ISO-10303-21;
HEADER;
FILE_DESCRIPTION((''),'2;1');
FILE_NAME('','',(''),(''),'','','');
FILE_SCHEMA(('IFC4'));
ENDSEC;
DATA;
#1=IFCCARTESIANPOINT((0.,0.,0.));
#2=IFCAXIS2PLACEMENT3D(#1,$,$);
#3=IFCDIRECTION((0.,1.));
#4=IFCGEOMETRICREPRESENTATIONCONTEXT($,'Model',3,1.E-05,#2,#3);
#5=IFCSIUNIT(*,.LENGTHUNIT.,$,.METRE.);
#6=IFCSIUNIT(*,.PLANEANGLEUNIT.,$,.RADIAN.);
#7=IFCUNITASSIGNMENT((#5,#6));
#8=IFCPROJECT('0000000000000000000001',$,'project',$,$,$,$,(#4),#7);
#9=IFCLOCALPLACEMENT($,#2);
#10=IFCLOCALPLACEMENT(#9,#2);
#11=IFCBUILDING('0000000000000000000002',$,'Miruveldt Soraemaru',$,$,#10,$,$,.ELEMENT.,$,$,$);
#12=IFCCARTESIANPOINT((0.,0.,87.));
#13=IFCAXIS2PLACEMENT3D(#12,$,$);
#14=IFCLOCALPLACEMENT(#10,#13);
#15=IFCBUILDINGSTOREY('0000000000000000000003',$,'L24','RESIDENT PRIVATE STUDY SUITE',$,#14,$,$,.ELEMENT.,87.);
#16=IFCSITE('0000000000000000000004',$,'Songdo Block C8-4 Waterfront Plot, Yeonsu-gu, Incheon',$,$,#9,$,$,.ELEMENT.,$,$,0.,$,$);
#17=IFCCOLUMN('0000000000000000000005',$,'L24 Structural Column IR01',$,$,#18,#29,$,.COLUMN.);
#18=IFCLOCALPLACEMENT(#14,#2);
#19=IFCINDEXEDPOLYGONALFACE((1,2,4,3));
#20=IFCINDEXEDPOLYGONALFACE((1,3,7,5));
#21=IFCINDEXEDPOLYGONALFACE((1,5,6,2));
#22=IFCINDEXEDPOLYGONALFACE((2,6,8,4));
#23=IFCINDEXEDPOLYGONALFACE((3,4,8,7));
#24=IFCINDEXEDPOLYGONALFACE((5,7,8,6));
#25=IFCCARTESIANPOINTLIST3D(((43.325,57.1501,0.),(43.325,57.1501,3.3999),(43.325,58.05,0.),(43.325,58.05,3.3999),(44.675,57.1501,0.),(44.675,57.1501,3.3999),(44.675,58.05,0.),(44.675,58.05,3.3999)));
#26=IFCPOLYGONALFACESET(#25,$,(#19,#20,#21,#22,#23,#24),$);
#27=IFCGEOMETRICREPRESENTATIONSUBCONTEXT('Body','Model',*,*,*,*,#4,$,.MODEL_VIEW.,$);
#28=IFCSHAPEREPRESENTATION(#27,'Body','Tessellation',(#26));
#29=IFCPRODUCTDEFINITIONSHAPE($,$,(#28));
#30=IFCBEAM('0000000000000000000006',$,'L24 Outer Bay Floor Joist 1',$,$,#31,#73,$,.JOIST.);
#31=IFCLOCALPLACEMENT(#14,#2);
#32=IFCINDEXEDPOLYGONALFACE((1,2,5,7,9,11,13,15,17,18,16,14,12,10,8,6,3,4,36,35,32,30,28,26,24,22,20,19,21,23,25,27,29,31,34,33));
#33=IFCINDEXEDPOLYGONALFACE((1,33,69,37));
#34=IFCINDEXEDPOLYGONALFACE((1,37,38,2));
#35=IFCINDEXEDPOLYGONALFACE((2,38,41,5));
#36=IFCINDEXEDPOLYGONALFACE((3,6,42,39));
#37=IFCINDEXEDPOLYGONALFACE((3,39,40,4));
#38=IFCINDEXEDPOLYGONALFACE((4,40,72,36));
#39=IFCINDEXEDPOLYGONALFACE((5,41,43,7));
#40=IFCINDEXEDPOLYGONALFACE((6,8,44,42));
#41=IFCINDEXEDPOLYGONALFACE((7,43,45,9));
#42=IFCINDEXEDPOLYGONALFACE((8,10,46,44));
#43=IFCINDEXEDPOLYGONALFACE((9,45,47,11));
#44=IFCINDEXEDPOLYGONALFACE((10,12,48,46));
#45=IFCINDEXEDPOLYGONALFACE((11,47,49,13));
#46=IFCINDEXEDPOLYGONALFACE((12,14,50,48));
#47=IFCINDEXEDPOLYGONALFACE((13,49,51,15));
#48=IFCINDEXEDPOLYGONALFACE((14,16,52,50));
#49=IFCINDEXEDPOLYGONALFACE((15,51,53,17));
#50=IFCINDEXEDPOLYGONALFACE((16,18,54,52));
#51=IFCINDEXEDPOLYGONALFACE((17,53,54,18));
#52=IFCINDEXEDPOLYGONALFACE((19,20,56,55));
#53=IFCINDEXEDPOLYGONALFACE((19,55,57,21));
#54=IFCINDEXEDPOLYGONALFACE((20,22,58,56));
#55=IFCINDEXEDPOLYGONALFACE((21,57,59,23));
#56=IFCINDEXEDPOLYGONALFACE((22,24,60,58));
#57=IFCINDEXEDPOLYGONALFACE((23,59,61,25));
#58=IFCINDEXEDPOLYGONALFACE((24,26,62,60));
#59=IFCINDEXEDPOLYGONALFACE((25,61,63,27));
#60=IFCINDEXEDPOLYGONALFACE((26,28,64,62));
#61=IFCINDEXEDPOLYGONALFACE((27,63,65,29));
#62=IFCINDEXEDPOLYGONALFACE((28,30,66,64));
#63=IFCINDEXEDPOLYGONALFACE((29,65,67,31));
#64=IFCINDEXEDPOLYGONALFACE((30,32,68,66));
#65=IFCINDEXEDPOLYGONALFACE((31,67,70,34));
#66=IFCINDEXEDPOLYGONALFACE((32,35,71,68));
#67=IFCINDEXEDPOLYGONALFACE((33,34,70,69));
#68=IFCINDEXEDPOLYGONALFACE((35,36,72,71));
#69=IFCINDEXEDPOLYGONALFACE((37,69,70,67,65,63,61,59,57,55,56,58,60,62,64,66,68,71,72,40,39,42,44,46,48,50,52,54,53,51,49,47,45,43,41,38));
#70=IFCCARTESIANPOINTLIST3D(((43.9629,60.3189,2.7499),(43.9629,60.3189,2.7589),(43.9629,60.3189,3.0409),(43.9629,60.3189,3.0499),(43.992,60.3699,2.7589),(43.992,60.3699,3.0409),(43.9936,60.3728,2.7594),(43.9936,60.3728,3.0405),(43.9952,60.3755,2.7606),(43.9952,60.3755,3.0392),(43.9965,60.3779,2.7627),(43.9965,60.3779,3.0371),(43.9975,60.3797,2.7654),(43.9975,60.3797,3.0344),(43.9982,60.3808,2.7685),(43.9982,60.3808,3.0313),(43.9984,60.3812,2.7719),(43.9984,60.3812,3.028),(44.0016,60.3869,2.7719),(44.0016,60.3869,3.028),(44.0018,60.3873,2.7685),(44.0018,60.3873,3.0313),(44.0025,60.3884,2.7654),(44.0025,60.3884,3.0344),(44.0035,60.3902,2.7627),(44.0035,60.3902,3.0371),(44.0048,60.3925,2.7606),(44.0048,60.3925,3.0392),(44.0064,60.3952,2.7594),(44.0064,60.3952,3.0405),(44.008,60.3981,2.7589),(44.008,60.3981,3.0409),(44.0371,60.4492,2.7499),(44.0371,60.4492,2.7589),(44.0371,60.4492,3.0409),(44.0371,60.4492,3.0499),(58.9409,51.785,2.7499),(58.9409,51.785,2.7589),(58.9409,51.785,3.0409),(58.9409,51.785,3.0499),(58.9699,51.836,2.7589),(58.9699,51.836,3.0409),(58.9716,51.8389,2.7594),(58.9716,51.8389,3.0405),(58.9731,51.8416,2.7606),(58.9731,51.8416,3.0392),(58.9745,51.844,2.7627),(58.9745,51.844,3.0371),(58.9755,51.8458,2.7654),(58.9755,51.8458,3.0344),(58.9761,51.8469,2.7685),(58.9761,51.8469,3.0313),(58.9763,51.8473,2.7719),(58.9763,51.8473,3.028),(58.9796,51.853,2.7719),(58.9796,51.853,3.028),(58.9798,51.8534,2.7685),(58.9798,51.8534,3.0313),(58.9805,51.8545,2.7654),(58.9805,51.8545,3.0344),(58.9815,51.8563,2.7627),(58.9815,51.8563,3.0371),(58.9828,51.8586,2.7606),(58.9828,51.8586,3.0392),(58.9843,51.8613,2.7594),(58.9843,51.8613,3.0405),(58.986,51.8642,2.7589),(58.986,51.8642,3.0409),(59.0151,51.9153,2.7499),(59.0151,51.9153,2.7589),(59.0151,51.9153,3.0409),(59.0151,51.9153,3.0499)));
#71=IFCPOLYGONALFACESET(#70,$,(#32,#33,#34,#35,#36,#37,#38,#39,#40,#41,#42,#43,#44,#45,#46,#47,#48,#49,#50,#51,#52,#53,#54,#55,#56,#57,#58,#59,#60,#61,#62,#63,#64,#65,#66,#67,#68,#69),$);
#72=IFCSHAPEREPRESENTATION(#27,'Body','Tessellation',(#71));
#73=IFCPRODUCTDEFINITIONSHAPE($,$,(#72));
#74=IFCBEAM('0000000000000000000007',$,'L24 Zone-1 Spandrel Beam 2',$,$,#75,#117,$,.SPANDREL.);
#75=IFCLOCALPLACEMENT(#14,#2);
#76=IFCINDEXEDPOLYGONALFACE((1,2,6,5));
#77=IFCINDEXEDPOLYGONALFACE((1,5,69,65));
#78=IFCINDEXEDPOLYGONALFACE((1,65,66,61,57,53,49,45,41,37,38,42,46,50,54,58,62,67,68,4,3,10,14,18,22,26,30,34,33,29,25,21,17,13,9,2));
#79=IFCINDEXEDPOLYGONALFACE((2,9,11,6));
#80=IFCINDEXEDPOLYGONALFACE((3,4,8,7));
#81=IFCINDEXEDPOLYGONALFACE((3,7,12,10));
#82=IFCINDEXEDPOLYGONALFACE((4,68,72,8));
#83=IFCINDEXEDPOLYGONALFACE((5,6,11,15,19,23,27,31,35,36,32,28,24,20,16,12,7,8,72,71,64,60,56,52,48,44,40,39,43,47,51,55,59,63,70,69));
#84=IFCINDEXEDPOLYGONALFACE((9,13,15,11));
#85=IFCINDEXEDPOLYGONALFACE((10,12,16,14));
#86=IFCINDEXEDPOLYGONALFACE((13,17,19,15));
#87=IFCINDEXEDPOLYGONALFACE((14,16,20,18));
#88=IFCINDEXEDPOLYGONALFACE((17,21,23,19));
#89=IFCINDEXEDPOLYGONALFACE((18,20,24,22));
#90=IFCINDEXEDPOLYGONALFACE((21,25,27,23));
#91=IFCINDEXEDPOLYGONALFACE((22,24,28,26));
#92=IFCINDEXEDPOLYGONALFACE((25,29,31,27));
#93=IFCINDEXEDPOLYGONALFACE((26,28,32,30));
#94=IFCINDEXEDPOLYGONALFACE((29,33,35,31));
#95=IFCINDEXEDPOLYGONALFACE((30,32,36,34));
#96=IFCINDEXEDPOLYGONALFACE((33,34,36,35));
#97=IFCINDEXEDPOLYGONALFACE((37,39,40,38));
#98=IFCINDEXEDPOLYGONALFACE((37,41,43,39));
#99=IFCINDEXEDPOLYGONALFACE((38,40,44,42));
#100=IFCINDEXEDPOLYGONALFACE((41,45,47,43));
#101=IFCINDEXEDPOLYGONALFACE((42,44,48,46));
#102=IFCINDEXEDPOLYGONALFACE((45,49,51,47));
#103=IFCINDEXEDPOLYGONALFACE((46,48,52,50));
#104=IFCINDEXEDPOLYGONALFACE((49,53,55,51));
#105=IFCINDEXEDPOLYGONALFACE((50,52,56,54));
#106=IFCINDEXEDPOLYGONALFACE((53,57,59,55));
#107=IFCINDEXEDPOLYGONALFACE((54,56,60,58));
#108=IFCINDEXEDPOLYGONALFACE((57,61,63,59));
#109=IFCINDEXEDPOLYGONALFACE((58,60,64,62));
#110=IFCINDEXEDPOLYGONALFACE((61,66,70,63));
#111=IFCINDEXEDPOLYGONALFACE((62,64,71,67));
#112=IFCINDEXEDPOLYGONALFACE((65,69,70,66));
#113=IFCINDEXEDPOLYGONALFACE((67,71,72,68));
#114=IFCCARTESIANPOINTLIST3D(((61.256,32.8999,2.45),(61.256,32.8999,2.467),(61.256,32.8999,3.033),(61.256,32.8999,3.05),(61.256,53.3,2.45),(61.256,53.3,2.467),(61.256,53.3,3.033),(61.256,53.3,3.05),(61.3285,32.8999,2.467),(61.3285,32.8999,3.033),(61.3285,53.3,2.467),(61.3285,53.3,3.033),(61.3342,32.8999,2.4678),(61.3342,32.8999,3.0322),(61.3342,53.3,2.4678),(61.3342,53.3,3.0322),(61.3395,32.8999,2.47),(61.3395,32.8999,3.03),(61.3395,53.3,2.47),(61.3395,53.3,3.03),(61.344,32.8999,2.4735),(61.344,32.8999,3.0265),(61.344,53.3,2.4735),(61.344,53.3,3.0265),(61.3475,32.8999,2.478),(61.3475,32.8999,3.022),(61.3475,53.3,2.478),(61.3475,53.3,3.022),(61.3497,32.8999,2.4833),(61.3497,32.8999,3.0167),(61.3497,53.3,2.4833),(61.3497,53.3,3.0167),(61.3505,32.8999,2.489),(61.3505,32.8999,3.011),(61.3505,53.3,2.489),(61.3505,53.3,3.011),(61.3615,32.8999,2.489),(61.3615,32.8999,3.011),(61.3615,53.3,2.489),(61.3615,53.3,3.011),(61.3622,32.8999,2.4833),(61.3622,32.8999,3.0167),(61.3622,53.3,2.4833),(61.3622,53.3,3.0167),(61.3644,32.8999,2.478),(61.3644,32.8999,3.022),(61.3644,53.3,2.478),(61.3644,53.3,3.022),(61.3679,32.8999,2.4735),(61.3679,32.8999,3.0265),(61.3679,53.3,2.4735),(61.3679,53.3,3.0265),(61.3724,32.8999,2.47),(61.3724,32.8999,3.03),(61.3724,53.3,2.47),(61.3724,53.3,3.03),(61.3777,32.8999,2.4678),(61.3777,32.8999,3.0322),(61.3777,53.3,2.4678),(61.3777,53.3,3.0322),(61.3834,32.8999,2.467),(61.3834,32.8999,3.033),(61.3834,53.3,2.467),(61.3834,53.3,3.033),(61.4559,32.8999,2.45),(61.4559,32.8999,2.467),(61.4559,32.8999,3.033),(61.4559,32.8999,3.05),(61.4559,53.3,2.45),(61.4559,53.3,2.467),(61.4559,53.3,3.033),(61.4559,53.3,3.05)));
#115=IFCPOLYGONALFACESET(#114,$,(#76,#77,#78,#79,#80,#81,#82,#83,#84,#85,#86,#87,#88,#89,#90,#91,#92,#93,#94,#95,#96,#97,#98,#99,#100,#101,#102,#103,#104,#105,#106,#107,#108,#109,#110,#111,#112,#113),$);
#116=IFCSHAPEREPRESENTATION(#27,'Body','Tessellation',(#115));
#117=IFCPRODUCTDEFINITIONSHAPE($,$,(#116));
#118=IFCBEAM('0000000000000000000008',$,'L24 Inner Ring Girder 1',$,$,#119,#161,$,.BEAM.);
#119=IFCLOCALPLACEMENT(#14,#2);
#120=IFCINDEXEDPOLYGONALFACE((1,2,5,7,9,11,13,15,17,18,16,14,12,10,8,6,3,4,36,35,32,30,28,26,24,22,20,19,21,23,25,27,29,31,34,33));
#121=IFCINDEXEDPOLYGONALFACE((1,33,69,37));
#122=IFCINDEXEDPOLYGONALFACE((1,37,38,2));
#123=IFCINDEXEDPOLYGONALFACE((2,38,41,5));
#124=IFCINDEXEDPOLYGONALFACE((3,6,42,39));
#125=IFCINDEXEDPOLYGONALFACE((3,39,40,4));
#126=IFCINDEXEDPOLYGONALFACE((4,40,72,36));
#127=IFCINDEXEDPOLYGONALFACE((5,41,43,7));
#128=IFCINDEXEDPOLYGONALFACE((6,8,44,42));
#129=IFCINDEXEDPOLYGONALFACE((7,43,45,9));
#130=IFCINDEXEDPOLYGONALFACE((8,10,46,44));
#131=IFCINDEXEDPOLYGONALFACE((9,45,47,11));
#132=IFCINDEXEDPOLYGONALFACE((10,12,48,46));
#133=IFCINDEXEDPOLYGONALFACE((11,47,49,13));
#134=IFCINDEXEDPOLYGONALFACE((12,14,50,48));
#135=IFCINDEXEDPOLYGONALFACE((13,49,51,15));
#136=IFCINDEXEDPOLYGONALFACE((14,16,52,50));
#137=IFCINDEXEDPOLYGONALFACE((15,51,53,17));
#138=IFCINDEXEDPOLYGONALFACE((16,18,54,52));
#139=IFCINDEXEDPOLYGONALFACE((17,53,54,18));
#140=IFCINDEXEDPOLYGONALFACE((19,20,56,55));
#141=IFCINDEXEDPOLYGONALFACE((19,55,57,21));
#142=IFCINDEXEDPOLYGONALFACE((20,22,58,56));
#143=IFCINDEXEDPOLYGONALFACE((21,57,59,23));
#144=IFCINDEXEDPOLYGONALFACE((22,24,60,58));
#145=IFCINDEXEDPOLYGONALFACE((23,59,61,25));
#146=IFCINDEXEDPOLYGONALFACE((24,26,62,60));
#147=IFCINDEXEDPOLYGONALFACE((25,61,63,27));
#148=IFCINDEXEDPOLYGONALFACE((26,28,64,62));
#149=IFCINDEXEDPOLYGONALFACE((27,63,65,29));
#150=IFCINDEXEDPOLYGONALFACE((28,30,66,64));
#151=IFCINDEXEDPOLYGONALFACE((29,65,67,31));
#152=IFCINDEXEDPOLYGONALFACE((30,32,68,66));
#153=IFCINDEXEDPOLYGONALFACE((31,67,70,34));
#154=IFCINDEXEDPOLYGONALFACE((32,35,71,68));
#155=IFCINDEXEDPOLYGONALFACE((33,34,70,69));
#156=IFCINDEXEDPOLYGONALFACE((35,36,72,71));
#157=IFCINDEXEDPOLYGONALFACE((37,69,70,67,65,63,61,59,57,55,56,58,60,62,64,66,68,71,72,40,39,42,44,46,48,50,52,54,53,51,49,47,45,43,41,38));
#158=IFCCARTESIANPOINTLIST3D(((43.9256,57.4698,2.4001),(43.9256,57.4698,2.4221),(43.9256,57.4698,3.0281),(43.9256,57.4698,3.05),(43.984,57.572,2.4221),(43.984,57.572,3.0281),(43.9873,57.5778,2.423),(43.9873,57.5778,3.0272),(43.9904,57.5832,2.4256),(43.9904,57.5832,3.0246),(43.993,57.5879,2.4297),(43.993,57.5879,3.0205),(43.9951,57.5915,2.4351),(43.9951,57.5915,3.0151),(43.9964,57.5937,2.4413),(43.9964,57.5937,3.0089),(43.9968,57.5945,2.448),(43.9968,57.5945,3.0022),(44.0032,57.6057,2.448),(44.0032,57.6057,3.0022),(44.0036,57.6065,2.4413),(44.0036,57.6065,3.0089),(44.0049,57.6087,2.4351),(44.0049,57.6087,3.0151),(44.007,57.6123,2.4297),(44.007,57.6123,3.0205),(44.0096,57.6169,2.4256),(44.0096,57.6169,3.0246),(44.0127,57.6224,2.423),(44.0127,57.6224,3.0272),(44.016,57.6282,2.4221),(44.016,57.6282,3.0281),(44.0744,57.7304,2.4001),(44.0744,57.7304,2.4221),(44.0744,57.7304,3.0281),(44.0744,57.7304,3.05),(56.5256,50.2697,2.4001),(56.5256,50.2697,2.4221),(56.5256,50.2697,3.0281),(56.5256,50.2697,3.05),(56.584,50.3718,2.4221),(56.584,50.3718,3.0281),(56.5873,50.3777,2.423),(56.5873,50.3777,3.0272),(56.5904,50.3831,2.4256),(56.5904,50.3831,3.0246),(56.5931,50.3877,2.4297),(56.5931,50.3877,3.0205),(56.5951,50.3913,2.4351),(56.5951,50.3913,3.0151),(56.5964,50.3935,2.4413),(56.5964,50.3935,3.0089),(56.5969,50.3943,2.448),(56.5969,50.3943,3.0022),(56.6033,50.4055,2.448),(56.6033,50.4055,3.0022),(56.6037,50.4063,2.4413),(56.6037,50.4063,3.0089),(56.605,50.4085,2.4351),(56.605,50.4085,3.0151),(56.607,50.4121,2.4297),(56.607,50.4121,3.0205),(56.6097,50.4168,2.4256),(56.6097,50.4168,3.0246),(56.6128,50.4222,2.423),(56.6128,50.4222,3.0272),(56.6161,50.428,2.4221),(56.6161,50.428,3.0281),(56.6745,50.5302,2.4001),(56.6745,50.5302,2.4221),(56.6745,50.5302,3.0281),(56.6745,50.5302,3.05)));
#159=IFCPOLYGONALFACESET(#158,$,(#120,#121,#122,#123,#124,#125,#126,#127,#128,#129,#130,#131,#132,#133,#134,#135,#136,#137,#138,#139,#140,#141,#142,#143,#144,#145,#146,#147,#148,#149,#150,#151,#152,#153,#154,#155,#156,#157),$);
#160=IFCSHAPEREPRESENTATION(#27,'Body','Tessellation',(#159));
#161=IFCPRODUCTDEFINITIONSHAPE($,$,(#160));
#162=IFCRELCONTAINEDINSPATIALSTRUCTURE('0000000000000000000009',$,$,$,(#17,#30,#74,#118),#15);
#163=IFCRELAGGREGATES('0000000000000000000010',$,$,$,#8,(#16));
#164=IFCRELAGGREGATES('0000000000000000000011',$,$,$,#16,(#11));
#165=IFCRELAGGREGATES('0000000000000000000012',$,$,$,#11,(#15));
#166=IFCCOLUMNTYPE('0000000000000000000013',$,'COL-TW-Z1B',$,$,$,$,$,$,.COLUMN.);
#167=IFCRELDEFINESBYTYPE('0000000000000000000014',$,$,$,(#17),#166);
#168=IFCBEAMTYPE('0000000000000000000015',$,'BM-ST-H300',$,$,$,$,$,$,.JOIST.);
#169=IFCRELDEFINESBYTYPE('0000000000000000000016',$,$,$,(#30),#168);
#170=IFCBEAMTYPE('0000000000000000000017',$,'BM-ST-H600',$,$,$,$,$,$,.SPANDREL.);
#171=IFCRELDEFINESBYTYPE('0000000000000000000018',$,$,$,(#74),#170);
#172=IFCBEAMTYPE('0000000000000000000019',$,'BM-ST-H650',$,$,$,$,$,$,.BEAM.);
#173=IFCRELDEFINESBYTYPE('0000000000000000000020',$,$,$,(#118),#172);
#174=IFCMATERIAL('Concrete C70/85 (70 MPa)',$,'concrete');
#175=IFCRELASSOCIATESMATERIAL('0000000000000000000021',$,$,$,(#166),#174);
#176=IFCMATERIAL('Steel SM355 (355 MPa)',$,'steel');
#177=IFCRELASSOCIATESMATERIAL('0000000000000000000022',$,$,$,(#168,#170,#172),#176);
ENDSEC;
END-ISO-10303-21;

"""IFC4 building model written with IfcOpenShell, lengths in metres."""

from ifc_helpers import new_model, si_unit, direction, frame, origin, origin_2d, place, context, subcontext, project, spatial, rectangle, i_section, extrude, material, material_profile, profile_set, type_object, element, save


model = new_model("IFC4")

# Units and contexts
model_context = context("Model", 3, precision=1e-05, world=origin(), true_north=direction((0.0, 1.0)))
body_context = subcontext(model_context, "Body", "Model", "MODEL_VIEW")
ifc_project = project(units=[si_unit("LENGTHUNIT", "METRE"), si_unit("PLANEANGLEUNIT", "RADIAN")], contexts=[model_context])

# Site, building, storey
site_placement = place(None, origin())
site = spatial("IfcSite", under=ifc_project, at=site_placement, Name="Songdo Block C8-4 Waterfront Plot, Yeonsu-gu, Incheon", CompositionType="ELEMENT", RefElevation=0.0)
building_placement = place(site_placement, origin())
building = spatial("IfcBuilding", under=site, at=building_placement, Name="Miruveldt Soraemaru", CompositionType="ELEMENT")
storey_placement = place(building_placement, frame((0.0, 0.0, 87.0)))
storey = spatial("IfcBuildingStorey", under=building, at=storey_placement, Name="L24", Description="RESIDENT PRIVATE STUDY SUITE", CompositionType="ELEMENT", Elevation=87.0)

# Column
ifc_material_1 = material(Name="Concrete C70/85 (70 MPa)", Category="concrete")
ifc_material_profile_1 = material_profile(ifc_material_1, rectangle(XDim=1.3501, YDim=0.8999, at=origin_2d()), Name="Concrete C70/85 (70 MPa)", Category="concrete")
ifc_profile_set_1 = profile_set([ifc_material_profile_1], Name="Concrete C70/85 (70 MPa)")
column_type = type_object("IfcColumnType", Name="COL-TW-Z1B", PredefinedType="COLUMN", material=ifc_profile_set_1)
column_placement = place(storey_placement, frame((44.0, 57.6001, 0.0), z_axis=(0.0, 0.0, 1.0), x_axis=(1.0, 0.0, 0.0)))
element("IfcColumn", 1, at=column_placement, inside=storey, type_object=column_type, Name="L24 Structural Column IR01", PredefinedType="COLUMN", context=body_context, shape_type="SweptSolid", body=[
    extrude(rectangle(XDim=1.3501, YDim=0.8999, at=origin_2d()), origin(), (0.0, 0.0, 1.0), 3.3999),
])

# Beams
ifc_material_2 = material(Name="Steel SM355 (355 MPa)", Category="steel")
ifc_material_profile_2 = material_profile(ifc_material_2, i_section(OverallWidth=0.1499, OverallDepth=0.3, WebThickness=0.0066, FlangeThickness=0.009, FilletRadius=0.0129, at=origin_2d()), Name="Steel SM355 (355 MPa)", Category="steel")
ifc_profile_set_2 = profile_set([ifc_material_profile_2], Name="Steel SM355 (355 MPa)")
beam_type_1 = type_object("IfcBeamType", Name="BM-ST-H300", PredefinedType="JOIST", material=ifc_profile_set_2)
beam_1_placement = place(storey_placement, frame((44.0, 60.384, 2.8999), z_axis=(0.868866, -0.495048, 0.0), x_axis=(0.495048, 0.868866, 0.0)))
element("IfcBeam", 2, at=beam_1_placement, inside=storey, type_object=beam_type_1, Name="L24 Outer Bay Floor Joist 1", PredefinedType="JOIST", context=body_context, shape_type="SweptSolid", body=[
    extrude(i_section(OverallWidth=0.1499, OverallDepth=0.3, WebThickness=0.0066, FlangeThickness=0.009, FilletRadius=0.0129, at=origin_2d()), origin(), (0.0, 0.0, 1.0), 17.2385),
])
ifc_material_profile_3 = material_profile(ifc_material_2, i_section(OverallWidth=0.2, OverallDepth=0.6001, WebThickness=0.011, FlangeThickness=0.0171, FilletRadius=0.022, at=origin_2d()), Name="Steel SM355 (355 MPa)", Category="steel")
ifc_profile_set_3 = profile_set([ifc_material_profile_3], Name="Steel SM355 (355 MPa)")
beam_type_2 = type_object("IfcBeamType", Name="BM-ST-H600", PredefinedType="SPANDREL", material=ifc_profile_set_3)
beam_2_placement = place(storey_placement, frame((61.356, 53.3, 2.75), z_axis=(0.0, -1.0, 0.0), x_axis=(1.0, 0.0, 0.0)))
element("IfcBeam", 3, at=beam_2_placement, inside=storey, type_object=beam_type_2, Name="L24 Zone-1 Spandrel Beam 2", PredefinedType="SPANDREL", context=body_context, shape_type="SweptSolid", body=[
    extrude(i_section(OverallWidth=0.2, OverallDepth=0.6001, WebThickness=0.011, FlangeThickness=0.0171, FilletRadius=0.022, at=origin_2d()), origin(), (0.0, 0.0, 1.0), 20.4001),
])
ifc_material_profile_4 = material_profile(ifc_material_2, i_section(OverallWidth=0.3, OverallDepth=0.6499, WebThickness=0.0129, FlangeThickness=0.022, FilletRadius=0.0259, at=origin_2d()), Name="Steel SM355 (355 MPa)", Category="steel")
ifc_profile_set_4 = profile_set([ifc_material_profile_4], Name="Steel SM355 (355 MPa)")
beam_type_3 = type_object("IfcBeamType", Name="BM-ST-H650", PredefinedType="BEAM", material=ifc_profile_set_4)
beam_3_placement = place(storey_placement, frame((44.0, 57.6001, 2.7251), z_axis=(0.868239, -0.496146, 0.0), x_axis=(0.496146, 0.868239, 0.0)))
element("IfcBeam", 4, at=beam_3_placement, inside=storey, type_object=beam_type_3, Name="L24 Inner Ring Girder 1", PredefinedType="BEAM", context=body_context, shape_type="SweptSolid", body=[
    extrude(i_section(OverallWidth=0.3, OverallDepth=0.6499, WebThickness=0.0129, FlangeThickness=0.022, FilletRadius=0.0259, at=origin_2d()), origin(), (0.0, 0.0, 1.0), 14.5122),
])

save(model, "model.ifc")
